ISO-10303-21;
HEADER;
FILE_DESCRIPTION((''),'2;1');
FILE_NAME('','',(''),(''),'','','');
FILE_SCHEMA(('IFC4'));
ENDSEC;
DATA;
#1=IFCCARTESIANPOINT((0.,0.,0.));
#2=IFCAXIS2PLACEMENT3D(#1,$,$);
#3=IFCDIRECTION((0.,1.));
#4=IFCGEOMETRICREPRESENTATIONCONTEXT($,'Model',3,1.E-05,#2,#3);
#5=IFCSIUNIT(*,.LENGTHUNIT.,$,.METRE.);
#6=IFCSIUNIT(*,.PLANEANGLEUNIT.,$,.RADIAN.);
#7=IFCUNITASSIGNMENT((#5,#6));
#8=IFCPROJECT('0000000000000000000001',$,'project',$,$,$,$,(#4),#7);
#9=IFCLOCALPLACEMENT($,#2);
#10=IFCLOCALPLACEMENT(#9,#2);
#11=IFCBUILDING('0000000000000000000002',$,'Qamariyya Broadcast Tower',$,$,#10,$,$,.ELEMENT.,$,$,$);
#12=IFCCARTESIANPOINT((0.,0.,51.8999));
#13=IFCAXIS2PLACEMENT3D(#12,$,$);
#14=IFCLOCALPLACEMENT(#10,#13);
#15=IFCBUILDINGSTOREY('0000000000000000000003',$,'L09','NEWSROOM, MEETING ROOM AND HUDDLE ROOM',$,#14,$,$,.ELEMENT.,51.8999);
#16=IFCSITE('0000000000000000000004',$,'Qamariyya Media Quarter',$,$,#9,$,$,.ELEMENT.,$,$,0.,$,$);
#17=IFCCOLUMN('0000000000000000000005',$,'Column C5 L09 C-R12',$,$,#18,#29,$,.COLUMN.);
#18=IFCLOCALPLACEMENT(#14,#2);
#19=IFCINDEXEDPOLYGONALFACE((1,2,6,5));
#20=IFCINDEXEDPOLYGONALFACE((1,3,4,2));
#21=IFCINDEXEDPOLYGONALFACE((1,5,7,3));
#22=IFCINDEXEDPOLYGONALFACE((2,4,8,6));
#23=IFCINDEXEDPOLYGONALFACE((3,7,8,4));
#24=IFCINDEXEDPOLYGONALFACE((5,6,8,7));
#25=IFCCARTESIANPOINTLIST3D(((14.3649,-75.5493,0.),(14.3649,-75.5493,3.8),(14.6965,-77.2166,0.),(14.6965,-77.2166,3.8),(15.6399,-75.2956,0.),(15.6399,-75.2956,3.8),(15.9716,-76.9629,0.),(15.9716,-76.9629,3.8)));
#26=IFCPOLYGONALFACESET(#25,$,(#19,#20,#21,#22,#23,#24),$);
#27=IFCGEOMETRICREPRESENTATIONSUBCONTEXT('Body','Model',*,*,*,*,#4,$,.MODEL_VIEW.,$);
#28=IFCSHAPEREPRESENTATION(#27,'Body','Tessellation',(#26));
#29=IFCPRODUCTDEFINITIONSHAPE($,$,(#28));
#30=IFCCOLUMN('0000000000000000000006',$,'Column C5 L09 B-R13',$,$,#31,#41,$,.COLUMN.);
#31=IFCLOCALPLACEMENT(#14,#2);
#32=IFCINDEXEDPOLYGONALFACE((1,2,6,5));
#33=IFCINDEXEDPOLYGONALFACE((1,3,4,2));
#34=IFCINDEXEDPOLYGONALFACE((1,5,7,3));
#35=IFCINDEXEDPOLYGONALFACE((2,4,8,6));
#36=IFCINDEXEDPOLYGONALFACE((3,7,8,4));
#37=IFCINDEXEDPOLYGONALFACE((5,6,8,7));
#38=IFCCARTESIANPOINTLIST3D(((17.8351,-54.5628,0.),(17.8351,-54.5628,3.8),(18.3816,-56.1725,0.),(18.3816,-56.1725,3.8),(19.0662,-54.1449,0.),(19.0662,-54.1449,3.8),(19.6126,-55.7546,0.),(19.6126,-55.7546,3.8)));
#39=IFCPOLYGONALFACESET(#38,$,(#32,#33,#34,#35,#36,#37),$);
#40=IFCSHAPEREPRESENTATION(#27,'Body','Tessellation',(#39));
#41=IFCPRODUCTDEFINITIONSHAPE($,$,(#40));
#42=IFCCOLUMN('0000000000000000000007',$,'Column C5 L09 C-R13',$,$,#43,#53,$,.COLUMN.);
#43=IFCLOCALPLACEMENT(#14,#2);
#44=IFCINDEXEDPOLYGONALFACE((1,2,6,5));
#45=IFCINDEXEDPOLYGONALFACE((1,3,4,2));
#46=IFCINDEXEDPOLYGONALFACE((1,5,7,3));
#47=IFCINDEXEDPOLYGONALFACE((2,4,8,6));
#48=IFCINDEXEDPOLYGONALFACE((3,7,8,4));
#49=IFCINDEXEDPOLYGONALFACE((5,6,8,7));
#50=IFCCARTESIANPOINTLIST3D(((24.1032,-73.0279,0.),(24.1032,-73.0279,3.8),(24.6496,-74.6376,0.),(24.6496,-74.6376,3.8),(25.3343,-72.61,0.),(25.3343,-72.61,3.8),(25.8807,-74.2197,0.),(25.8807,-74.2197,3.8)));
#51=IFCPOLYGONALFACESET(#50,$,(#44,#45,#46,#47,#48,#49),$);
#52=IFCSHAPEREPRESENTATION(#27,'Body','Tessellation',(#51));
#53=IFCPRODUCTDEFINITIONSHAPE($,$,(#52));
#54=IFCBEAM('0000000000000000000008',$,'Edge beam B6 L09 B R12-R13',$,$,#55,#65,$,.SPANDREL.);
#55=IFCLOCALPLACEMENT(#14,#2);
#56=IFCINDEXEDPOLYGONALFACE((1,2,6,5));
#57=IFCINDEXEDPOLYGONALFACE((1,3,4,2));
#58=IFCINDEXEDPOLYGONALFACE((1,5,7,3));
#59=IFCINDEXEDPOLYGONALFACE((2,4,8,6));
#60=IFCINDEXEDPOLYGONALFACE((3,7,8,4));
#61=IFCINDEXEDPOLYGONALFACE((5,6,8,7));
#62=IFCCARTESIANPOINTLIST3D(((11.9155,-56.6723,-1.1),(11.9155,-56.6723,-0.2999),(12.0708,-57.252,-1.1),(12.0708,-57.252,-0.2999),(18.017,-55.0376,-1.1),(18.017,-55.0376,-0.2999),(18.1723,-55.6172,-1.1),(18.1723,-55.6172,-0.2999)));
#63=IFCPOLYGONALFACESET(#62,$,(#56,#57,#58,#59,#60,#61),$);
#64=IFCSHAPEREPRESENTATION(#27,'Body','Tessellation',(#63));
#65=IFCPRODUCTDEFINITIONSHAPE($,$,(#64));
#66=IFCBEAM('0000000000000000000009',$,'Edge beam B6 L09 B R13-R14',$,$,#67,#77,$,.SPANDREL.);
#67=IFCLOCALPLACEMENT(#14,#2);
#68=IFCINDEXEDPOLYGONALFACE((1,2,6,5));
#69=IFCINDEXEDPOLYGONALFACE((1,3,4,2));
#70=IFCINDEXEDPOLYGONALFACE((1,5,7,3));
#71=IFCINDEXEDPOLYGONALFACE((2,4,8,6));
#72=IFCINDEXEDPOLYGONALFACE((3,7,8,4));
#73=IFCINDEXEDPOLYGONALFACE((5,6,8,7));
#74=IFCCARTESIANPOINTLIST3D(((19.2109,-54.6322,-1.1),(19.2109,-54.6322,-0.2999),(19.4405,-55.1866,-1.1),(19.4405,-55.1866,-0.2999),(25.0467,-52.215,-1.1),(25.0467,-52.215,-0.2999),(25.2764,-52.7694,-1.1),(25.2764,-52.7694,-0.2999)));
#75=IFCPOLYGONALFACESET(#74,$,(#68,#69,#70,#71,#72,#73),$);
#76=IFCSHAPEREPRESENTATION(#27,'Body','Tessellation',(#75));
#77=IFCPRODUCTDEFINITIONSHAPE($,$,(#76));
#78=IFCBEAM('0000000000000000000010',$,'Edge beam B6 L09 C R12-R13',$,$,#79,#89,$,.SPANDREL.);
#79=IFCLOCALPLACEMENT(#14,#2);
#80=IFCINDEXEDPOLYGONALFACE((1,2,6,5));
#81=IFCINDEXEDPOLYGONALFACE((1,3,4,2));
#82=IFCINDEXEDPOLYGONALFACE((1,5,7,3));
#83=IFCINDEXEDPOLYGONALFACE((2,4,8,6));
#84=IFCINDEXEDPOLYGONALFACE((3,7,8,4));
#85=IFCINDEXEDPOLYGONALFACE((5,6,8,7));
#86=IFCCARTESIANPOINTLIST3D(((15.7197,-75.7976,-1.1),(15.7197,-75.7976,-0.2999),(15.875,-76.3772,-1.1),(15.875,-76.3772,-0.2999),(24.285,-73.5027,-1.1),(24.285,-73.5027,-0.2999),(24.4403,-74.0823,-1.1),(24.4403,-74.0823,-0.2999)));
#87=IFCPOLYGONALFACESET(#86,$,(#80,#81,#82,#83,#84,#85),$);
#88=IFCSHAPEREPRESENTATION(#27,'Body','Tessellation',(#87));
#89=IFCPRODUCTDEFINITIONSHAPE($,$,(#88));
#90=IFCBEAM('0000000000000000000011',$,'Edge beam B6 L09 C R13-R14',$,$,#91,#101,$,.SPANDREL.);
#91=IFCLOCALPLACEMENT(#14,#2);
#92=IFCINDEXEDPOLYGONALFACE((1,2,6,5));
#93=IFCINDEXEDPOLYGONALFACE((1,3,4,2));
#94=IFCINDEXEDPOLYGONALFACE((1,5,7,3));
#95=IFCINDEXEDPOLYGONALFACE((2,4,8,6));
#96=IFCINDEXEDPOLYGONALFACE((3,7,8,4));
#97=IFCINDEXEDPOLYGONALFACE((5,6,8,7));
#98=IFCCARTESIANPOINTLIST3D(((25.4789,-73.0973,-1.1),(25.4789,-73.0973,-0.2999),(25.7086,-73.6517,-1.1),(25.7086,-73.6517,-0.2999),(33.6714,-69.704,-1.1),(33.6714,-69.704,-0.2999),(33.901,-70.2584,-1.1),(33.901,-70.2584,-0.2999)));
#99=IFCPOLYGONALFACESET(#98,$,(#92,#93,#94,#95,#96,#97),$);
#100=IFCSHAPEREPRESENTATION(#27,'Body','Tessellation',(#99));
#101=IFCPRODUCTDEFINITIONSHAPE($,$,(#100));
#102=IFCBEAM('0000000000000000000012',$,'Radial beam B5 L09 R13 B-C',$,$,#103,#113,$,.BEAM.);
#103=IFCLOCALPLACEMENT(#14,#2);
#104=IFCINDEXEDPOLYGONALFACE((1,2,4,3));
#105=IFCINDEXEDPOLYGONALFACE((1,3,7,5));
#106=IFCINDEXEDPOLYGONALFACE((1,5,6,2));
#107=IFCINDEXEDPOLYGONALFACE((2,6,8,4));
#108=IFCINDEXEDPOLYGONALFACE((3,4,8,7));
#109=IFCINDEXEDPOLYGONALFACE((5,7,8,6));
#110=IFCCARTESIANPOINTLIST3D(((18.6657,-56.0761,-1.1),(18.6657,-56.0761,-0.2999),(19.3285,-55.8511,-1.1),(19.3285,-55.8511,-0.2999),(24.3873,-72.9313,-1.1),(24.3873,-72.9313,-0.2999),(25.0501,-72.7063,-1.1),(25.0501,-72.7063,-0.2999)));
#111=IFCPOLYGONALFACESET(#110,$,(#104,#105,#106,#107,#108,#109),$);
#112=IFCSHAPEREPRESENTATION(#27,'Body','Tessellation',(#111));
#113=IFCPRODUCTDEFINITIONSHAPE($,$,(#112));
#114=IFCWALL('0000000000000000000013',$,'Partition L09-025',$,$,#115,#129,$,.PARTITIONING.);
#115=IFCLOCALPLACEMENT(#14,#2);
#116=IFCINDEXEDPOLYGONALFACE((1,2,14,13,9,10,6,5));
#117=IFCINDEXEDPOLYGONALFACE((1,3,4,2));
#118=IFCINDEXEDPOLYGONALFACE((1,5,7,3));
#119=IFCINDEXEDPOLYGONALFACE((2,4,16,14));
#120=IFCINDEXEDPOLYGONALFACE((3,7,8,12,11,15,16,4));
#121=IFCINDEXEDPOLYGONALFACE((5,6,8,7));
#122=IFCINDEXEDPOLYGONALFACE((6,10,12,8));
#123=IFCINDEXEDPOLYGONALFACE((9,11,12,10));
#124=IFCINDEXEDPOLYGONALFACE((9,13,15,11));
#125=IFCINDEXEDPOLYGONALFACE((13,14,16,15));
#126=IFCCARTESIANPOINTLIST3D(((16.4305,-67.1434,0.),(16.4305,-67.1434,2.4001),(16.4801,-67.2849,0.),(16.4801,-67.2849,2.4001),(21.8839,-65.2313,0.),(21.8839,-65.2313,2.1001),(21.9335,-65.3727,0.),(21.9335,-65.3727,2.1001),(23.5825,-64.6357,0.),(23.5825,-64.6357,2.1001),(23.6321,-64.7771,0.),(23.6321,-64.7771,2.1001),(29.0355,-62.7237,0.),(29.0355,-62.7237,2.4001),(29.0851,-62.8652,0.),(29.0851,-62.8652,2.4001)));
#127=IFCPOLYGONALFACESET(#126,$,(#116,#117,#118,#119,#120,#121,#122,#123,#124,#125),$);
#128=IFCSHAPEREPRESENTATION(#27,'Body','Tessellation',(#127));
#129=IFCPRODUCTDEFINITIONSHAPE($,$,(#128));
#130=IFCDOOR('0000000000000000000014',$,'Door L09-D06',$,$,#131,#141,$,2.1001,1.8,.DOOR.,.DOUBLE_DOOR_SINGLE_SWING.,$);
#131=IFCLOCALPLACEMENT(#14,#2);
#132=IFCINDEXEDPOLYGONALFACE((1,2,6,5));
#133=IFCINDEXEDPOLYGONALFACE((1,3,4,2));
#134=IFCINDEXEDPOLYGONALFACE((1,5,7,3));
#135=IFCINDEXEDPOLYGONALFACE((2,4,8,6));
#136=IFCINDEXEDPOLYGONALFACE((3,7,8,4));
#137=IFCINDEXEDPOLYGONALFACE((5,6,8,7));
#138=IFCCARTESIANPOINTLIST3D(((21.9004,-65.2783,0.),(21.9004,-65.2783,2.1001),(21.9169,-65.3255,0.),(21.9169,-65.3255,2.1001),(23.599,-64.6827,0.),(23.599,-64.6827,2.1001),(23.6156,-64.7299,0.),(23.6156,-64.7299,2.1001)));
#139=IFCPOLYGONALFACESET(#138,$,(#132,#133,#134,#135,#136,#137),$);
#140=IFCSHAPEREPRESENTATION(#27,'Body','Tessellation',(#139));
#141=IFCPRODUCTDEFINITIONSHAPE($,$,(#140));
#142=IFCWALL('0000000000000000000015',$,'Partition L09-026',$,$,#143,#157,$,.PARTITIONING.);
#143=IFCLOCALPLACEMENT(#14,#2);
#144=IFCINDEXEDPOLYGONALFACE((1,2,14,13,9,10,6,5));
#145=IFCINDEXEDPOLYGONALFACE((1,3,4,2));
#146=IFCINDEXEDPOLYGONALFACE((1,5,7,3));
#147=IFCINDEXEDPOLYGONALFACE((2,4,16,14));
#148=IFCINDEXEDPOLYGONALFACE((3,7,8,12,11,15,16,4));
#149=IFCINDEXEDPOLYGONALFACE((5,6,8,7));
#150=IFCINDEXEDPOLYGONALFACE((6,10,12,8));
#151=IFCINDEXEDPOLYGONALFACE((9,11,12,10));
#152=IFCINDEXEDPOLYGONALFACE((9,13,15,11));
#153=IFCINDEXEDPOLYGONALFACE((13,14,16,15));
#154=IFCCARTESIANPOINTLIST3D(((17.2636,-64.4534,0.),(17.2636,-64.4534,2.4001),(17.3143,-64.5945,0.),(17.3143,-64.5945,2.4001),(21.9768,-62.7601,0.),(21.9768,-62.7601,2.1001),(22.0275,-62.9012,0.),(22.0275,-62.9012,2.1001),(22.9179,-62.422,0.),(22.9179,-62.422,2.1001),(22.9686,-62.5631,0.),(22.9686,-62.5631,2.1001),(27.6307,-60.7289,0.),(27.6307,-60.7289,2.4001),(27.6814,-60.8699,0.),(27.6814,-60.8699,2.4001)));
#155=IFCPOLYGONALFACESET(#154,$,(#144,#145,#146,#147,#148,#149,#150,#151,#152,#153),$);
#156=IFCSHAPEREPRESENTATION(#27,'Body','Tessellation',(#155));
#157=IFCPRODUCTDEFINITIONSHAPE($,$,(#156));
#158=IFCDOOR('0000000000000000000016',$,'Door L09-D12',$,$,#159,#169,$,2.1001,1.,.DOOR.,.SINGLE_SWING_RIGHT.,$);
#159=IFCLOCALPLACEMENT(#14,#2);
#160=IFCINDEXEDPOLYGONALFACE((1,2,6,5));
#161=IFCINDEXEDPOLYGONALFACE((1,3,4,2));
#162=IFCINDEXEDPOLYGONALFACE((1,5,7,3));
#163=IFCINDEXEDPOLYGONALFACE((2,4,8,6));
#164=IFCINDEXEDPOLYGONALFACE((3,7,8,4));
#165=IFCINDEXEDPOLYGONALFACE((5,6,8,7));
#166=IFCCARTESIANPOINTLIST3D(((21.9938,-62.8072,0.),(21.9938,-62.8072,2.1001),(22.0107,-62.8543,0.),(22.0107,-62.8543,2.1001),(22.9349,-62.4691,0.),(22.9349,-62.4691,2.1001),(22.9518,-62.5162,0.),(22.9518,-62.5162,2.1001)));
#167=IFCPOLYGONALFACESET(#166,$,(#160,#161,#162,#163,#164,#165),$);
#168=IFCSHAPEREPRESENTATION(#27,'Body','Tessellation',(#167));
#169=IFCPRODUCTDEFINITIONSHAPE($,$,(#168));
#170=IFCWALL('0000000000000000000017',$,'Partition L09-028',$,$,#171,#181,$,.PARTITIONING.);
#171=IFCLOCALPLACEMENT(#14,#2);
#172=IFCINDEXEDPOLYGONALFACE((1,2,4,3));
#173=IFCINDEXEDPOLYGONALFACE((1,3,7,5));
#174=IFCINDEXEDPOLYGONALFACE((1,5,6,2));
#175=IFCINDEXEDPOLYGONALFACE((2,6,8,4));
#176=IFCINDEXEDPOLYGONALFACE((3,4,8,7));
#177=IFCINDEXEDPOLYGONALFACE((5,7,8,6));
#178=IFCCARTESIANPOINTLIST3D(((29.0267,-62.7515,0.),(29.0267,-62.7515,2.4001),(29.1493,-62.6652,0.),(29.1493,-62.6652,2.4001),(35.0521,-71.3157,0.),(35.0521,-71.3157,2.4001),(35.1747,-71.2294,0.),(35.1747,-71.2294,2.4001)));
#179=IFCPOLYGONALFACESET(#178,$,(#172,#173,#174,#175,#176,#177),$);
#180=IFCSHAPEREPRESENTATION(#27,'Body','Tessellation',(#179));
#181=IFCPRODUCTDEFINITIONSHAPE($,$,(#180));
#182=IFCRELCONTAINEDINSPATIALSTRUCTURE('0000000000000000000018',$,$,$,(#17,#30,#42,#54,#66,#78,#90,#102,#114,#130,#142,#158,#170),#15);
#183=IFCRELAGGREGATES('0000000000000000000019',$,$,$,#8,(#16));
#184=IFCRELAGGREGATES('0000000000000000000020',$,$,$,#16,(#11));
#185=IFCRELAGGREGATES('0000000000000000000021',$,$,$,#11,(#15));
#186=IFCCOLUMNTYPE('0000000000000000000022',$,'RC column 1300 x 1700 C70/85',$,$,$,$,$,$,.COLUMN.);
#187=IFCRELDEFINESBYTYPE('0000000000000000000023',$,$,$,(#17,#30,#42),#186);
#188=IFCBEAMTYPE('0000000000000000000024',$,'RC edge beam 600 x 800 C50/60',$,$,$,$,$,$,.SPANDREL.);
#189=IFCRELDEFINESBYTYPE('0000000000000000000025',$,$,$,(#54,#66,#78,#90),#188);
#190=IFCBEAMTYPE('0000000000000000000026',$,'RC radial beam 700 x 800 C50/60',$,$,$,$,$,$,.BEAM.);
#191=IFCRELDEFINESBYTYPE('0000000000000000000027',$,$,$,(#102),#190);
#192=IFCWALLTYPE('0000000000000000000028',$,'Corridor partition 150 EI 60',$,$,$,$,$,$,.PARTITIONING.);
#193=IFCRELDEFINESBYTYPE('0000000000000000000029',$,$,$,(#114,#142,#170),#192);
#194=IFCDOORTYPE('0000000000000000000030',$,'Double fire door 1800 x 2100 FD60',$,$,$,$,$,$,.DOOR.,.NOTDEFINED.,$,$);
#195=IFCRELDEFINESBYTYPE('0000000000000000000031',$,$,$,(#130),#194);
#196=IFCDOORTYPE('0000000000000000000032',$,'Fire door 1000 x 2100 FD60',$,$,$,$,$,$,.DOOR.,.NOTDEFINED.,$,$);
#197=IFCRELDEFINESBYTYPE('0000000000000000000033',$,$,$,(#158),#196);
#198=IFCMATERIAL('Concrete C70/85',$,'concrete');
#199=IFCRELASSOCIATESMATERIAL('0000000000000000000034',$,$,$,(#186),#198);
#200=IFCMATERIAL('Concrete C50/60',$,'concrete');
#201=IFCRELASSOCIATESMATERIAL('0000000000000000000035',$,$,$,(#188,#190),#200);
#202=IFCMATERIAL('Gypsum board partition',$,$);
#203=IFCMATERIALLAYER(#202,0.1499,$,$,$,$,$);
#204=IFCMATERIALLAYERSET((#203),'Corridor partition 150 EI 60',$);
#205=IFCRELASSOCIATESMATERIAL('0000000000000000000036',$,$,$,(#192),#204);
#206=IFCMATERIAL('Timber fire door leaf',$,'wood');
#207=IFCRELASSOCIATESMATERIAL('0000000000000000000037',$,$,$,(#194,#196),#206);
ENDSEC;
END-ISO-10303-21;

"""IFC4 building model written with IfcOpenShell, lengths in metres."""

from ifc_helpers import new_model, si_unit, direction, frame, frame_2d, origin, origin_2d, place, context, subcontext, project, spatial, rectangle, extrude, material, layer, layer_set, material_profile, profile_set, type_object, element, fill, save


model = new_model("IFC4")

# Units and contexts
model_context = context("Model", 3, precision=1e-05, world=origin(), true_north=direction((0.0, 1.0)))
body_context = subcontext(model_context, "Body", "Model", "MODEL_VIEW")
ifc_project = project(units=[si_unit("LENGTHUNIT", "METRE"), si_unit("PLANEANGLEUNIT", "RADIAN")], contexts=[model_context])

# Site, building, storey
site_placement = place(None, origin())
site = spatial("IfcSite", under=ifc_project, at=site_placement, Name="Qamariyya Media Quarter", CompositionType="ELEMENT", RefElevation=0.0)
building_placement = place(site_placement, origin())
building = spatial("IfcBuilding", under=site, at=building_placement, Name="Qamariyya Broadcast Tower", CompositionType="ELEMENT")
storey_placement = place(building_placement, frame((0.0, 0.0, 51.8999)))
storey = spatial("IfcBuildingStorey", under=building, at=storey_placement, Name="L09", Description="NEWSROOM, MEETING ROOM AND HUDDLE ROOM", CompositionType="ELEMENT", Elevation=51.8999)

# Columns
ifc_material_1 = material(Name="Concrete C70/85", Category="concrete")
ifc_material_profile_1 = material_profile(ifc_material_1, rectangle(XDim=1.3, YDim=1.7, at=origin_2d()))
ifc_profile_set_1 = profile_set([ifc_material_profile_1], Name="Concrete C70/85")
column_type = type_object("IfcColumnType", Name="RC column 1300 x 1700 C70/85", PredefinedType="COLUMN", material=ifc_profile_set_1)
for number, where, z_axis, x_axis, name in (
    (1, (15.1682, -76.2561, 0.0), (0.0, 0.0, 1.0), (0.980785, 0.19509, 0.0), "Column C5 L09 C-R12"),
    (2, (18.7239, -55.1587, 0.0), (0.0, 0.0, 1.0), (0.94693, 0.321439, 0.0), "Column C5 L09 B-R13"),
    (3, (24.9919, -73.6238, 0.0), (0.0, 0.0, 1.0), (0.94693, 0.321439, 0.0), "Column C5 L09 C-R13"),
):
    element("IfcColumn", number, at=place(storey_placement, frame(where, z_axis=z_axis, x_axis=x_axis)), inside=storey, type_object=column_type, Name=name, PredefinedType="COLUMN", context=body_context, shape_type="SweptSolid", body=[
        extrude(rectangle(XDim=1.3, YDim=1.7, at=origin_2d()), origin(), (0.0, 0.0, 1.0), 3.8),
    ])

# Beams
ifc_material_2 = material(Name="Concrete C50/60", Category="concrete")
ifc_material_profile_2 = material_profile(ifc_material_2, rectangle(XDim=0.6001, YDim=0.8, at=origin_2d()))
ifc_profile_set_2 = profile_set([ifc_material_profile_2], Name="Concrete C50/60")
beam_type_1 = type_object("IfcBeamType", Name="RC edge beam 600 x 800 C50/60", PredefinedType="SPANDREL", material=ifc_profile_set_2)
for number, where, z_axis, x_axis, name in (
    (4, (11.9932, -56.9622, -0.7), (0.965931, 0.258798, 0.0), (-0.258798, 0.965931, 0.0), "Edge beam B6 L09 B R12-R13"),
    (5, (19.3257, -54.9094, -0.7), (0.923884, 0.382672, 0.0), (-0.382672, 0.923884, 0.0), "Edge beam B6 L09 B R13-R14"),
):
    element("IfcBeam", number, at=place(storey_placement, frame(where, z_axis=z_axis, x_axis=x_axis)), inside=storey, type_object=beam_type_1, Name=name, PredefinedType="SPANDREL", context=body_context, shape_type="SweptSolid", body=[
        extrude(rectangle(XDim=0.6001, YDim=0.8, at=origin_2d()), origin(), (0.0, 0.0, 1.0), 6.3167),
    ])
for number, where, z_axis, x_axis, name in (
    (6, (15.7974, -76.0874, -0.7), (0.965931, 0.2588, 0.0), (-0.2588, 0.965931, 0.0), "Edge beam B6 L09 C R12-R13"),
    (7, (25.5938, -73.3745, -0.7), (0.923883, 0.382675, 0.0), (-0.382675, 0.923883, 0.0), "Edge beam B6 L09 C R13-R14"),
):
    element("IfcBeam", number, at=place(storey_placement, frame(where, z_axis=z_axis, x_axis=x_axis)), inside=storey, type_object=beam_type_1, Name=name, PredefinedType="SPANDREL", context=body_context, shape_type="SweptSolid", body=[
        extrude(rectangle(XDim=0.6001, YDim=0.8, at=origin_2d()), origin(), (0.0, 0.0, 1.0), 8.8674),
    ])
ifc_material_profile_3 = material_profile(ifc_material_2, rectangle(XDim=0.7, YDim=0.8, at=origin_2d()))
ifc_profile_set_3 = profile_set([ifc_material_profile_3], Name="Concrete C50/60")
beam_type_2 = type_object("IfcBeamType", Name="RC radial beam 700 x 800 C50/60", PredefinedType="BEAM", material=ifc_profile_set_3)
beam_placement = place(storey_placement, frame((18.9971, -55.9636, -0.7), z_axis=(0.321445, -0.946928, 0.0), x_axis=(0.946928, 0.321445, 0.0)))
element("IfcBeam", 8, at=beam_placement, inside=storey, type_object=beam_type_2, Name="Radial beam B5 L09 R13 B-C", PredefinedType="BEAM", context=body_context, shape_type="SweptSolid", body=[
    extrude(rectangle(XDim=0.7, YDim=0.8, at=origin_2d()), origin(), (0.0, 0.0, 1.0), 17.7998),
])

# Walls, openings, doors
ifc_material_3 = material(Name="Gypsum board partition")
ifc_layer_1 = layer(ifc_material_3, 0.1499)
ifc_layer_set_1 = layer_set([ifc_layer_1], Name="Corridor partition 150 EI 60")
wall_type_1 = type_object("IfcWallType", Name="Corridor partition 150 EI 60", PredefinedType="PARTITIONING", material=ifc_layer_set_1)
wall_1_placement = place(storey_placement, frame((29.0603, -62.7944, 0.0), z_axis=(0.0, 0.0, 1.0), x_axis=(-0.943673, -0.33088, 0.0)))
wall_1 = element("IfcWall", 9, at=wall_1_placement, inside=storey, type_object=wall_type_1, Name="Partition L09-025", PredefinedType="PARTITIONING", context=body_context, shape_type="SweptSolid", body=[
    extrude(rectangle(XDim=13.3574, YDim=0.1499, at=frame_2d((6.6787, 0.0))), origin(), (0.0, 0.0, 1.0), 2.4001),
])
opening_1_placement = place(wall_1_placement, frame((5.7786, 0.0, 0.0)))
opening_1 = element("IfcOpeningElement", 10, at=opening_1_placement, cuts=wall_1, PredefinedType="OPENING", context=body_context, shape_type="SweptSolid", body=[
    extrude(rectangle(XDim=1.8, YDim=2.1001, at=frame_2d((0.8999, 1.05))), frame((0.0, 0.085, 0.0), z_axis=(0.0, -1.0, 0.0), x_axis=(1.0, 0.0, 0.0)), (0.0, 0.0, 1.0), 0.1699),
])
ifc_material_4 = material(Name="Timber fire door leaf", Category="wood")
door_type_1 = type_object("IfcDoorType", Name="Double fire door 1800 x 2100 FD60", OperationType="NOTDEFINED", PredefinedType="DOOR", material=ifc_material_4)
door_1_placement = place(opening_1_placement, origin())
door_1 = element("IfcDoor", 11, at=door_1_placement, inside=storey, type_object=door_type_1, Name="Door L09-D06", OperationType="DOUBLE_DOOR_SINGLE_SWING", OverallHeight=2.1001, OverallWidth=1.8, PredefinedType="DOOR", context=body_context, shape_type="SweptSolid", body=[
    extrude(rectangle(XDim=1.8, YDim=2.1001, at=frame_2d((0.8999, 1.05))), frame((0.0, 0.0249, 0.0), z_axis=(0.0, -1.0, 0.0), x_axis=(1.0, 0.0, 0.0)), (0.0, 0.0, 1.0), 0.05),
])
fill(opening_1, door_1)
wall_2_placement = place(storey_placement, frame((17.2891, -64.5239, 0.0), z_axis=(0.0, 0.0, 1.0), x_axis=(0.941106, 0.33811, 0.0)))
wall_2 = element("IfcWall", 12, at=wall_2_placement, inside=storey, type_object=wall_type_1, Name="Partition L09-026", PredefinedType="PARTITIONING", context=body_context, shape_type="SweptSolid", body=[
    extrude(rectangle(XDim=11.0159, YDim=0.1499, at=frame_2d((5.5078, 0.0))), origin(), (0.0, 0.0, 1.0), 2.4001),
])
opening_2_placement = place(wall_2_placement, frame((5.0081, 0.0, 0.0)))
opening_2 = element("IfcOpeningElement", 13, at=opening_2_placement, cuts=wall_2, PredefinedType="OPENING", context=body_context, shape_type="SweptSolid", body=[
    extrude(rectangle(XDim=1.0, YDim=2.1001, at=frame_2d((0.5, 1.05))), frame((0.0, 0.085, 0.0), z_axis=(0.0, -1.0, 0.0), x_axis=(1.0, 0.0, 0.0)), (0.0, 0.0, 1.0), 0.1699),
])
door_type_2 = type_object("IfcDoorType", Name="Fire door 1000 x 2100 FD60", OperationType="NOTDEFINED", PredefinedType="DOOR", material=ifc_material_4)
door_2_placement = place(opening_2_placement, origin())
door_2 = element("IfcDoor", 14, at=door_2_placement, inside=storey, type_object=door_type_2, Name="Door L09-D12", OperationType="SINGLE_SWING_RIGHT", OverallHeight=2.1001, OverallWidth=1.0, PredefinedType="DOOR", context=body_context, shape_type="SweptSolid", body=[
    extrude(rectangle(XDim=1.0, YDim=2.1001, at=frame_2d((0.5, 1.05))), frame((0.0, 0.0249, 0.0), z_axis=(0.0, -1.0, 0.0), x_axis=(1.0, 0.0, 0.0)), (0.0, 0.0, 1.0), 0.05),
])
fill(opening_2, door_2)

# Wall
wall_3_placement = place(storey_placement, frame((29.0879, -62.7083, 0.0), z_axis=(0.0, 0.0, 1.0), x_axis=(0.575412, -0.817864, 0.0)))
element("IfcWall", 15, at=wall_3_placement, inside=storey, type_object=wall_type_1, Name="Partition L09-028", PredefinedType="PARTITIONING", context=body_context, shape_type="SweptSolid", body=[
    extrude(rectangle(XDim=10.4714, YDim=0.1499, at=frame_2d((5.2358, 0.0))), origin(), (0.0, 0.0, 1.0), 2.4001),
])

save(model, "model.ifc")
